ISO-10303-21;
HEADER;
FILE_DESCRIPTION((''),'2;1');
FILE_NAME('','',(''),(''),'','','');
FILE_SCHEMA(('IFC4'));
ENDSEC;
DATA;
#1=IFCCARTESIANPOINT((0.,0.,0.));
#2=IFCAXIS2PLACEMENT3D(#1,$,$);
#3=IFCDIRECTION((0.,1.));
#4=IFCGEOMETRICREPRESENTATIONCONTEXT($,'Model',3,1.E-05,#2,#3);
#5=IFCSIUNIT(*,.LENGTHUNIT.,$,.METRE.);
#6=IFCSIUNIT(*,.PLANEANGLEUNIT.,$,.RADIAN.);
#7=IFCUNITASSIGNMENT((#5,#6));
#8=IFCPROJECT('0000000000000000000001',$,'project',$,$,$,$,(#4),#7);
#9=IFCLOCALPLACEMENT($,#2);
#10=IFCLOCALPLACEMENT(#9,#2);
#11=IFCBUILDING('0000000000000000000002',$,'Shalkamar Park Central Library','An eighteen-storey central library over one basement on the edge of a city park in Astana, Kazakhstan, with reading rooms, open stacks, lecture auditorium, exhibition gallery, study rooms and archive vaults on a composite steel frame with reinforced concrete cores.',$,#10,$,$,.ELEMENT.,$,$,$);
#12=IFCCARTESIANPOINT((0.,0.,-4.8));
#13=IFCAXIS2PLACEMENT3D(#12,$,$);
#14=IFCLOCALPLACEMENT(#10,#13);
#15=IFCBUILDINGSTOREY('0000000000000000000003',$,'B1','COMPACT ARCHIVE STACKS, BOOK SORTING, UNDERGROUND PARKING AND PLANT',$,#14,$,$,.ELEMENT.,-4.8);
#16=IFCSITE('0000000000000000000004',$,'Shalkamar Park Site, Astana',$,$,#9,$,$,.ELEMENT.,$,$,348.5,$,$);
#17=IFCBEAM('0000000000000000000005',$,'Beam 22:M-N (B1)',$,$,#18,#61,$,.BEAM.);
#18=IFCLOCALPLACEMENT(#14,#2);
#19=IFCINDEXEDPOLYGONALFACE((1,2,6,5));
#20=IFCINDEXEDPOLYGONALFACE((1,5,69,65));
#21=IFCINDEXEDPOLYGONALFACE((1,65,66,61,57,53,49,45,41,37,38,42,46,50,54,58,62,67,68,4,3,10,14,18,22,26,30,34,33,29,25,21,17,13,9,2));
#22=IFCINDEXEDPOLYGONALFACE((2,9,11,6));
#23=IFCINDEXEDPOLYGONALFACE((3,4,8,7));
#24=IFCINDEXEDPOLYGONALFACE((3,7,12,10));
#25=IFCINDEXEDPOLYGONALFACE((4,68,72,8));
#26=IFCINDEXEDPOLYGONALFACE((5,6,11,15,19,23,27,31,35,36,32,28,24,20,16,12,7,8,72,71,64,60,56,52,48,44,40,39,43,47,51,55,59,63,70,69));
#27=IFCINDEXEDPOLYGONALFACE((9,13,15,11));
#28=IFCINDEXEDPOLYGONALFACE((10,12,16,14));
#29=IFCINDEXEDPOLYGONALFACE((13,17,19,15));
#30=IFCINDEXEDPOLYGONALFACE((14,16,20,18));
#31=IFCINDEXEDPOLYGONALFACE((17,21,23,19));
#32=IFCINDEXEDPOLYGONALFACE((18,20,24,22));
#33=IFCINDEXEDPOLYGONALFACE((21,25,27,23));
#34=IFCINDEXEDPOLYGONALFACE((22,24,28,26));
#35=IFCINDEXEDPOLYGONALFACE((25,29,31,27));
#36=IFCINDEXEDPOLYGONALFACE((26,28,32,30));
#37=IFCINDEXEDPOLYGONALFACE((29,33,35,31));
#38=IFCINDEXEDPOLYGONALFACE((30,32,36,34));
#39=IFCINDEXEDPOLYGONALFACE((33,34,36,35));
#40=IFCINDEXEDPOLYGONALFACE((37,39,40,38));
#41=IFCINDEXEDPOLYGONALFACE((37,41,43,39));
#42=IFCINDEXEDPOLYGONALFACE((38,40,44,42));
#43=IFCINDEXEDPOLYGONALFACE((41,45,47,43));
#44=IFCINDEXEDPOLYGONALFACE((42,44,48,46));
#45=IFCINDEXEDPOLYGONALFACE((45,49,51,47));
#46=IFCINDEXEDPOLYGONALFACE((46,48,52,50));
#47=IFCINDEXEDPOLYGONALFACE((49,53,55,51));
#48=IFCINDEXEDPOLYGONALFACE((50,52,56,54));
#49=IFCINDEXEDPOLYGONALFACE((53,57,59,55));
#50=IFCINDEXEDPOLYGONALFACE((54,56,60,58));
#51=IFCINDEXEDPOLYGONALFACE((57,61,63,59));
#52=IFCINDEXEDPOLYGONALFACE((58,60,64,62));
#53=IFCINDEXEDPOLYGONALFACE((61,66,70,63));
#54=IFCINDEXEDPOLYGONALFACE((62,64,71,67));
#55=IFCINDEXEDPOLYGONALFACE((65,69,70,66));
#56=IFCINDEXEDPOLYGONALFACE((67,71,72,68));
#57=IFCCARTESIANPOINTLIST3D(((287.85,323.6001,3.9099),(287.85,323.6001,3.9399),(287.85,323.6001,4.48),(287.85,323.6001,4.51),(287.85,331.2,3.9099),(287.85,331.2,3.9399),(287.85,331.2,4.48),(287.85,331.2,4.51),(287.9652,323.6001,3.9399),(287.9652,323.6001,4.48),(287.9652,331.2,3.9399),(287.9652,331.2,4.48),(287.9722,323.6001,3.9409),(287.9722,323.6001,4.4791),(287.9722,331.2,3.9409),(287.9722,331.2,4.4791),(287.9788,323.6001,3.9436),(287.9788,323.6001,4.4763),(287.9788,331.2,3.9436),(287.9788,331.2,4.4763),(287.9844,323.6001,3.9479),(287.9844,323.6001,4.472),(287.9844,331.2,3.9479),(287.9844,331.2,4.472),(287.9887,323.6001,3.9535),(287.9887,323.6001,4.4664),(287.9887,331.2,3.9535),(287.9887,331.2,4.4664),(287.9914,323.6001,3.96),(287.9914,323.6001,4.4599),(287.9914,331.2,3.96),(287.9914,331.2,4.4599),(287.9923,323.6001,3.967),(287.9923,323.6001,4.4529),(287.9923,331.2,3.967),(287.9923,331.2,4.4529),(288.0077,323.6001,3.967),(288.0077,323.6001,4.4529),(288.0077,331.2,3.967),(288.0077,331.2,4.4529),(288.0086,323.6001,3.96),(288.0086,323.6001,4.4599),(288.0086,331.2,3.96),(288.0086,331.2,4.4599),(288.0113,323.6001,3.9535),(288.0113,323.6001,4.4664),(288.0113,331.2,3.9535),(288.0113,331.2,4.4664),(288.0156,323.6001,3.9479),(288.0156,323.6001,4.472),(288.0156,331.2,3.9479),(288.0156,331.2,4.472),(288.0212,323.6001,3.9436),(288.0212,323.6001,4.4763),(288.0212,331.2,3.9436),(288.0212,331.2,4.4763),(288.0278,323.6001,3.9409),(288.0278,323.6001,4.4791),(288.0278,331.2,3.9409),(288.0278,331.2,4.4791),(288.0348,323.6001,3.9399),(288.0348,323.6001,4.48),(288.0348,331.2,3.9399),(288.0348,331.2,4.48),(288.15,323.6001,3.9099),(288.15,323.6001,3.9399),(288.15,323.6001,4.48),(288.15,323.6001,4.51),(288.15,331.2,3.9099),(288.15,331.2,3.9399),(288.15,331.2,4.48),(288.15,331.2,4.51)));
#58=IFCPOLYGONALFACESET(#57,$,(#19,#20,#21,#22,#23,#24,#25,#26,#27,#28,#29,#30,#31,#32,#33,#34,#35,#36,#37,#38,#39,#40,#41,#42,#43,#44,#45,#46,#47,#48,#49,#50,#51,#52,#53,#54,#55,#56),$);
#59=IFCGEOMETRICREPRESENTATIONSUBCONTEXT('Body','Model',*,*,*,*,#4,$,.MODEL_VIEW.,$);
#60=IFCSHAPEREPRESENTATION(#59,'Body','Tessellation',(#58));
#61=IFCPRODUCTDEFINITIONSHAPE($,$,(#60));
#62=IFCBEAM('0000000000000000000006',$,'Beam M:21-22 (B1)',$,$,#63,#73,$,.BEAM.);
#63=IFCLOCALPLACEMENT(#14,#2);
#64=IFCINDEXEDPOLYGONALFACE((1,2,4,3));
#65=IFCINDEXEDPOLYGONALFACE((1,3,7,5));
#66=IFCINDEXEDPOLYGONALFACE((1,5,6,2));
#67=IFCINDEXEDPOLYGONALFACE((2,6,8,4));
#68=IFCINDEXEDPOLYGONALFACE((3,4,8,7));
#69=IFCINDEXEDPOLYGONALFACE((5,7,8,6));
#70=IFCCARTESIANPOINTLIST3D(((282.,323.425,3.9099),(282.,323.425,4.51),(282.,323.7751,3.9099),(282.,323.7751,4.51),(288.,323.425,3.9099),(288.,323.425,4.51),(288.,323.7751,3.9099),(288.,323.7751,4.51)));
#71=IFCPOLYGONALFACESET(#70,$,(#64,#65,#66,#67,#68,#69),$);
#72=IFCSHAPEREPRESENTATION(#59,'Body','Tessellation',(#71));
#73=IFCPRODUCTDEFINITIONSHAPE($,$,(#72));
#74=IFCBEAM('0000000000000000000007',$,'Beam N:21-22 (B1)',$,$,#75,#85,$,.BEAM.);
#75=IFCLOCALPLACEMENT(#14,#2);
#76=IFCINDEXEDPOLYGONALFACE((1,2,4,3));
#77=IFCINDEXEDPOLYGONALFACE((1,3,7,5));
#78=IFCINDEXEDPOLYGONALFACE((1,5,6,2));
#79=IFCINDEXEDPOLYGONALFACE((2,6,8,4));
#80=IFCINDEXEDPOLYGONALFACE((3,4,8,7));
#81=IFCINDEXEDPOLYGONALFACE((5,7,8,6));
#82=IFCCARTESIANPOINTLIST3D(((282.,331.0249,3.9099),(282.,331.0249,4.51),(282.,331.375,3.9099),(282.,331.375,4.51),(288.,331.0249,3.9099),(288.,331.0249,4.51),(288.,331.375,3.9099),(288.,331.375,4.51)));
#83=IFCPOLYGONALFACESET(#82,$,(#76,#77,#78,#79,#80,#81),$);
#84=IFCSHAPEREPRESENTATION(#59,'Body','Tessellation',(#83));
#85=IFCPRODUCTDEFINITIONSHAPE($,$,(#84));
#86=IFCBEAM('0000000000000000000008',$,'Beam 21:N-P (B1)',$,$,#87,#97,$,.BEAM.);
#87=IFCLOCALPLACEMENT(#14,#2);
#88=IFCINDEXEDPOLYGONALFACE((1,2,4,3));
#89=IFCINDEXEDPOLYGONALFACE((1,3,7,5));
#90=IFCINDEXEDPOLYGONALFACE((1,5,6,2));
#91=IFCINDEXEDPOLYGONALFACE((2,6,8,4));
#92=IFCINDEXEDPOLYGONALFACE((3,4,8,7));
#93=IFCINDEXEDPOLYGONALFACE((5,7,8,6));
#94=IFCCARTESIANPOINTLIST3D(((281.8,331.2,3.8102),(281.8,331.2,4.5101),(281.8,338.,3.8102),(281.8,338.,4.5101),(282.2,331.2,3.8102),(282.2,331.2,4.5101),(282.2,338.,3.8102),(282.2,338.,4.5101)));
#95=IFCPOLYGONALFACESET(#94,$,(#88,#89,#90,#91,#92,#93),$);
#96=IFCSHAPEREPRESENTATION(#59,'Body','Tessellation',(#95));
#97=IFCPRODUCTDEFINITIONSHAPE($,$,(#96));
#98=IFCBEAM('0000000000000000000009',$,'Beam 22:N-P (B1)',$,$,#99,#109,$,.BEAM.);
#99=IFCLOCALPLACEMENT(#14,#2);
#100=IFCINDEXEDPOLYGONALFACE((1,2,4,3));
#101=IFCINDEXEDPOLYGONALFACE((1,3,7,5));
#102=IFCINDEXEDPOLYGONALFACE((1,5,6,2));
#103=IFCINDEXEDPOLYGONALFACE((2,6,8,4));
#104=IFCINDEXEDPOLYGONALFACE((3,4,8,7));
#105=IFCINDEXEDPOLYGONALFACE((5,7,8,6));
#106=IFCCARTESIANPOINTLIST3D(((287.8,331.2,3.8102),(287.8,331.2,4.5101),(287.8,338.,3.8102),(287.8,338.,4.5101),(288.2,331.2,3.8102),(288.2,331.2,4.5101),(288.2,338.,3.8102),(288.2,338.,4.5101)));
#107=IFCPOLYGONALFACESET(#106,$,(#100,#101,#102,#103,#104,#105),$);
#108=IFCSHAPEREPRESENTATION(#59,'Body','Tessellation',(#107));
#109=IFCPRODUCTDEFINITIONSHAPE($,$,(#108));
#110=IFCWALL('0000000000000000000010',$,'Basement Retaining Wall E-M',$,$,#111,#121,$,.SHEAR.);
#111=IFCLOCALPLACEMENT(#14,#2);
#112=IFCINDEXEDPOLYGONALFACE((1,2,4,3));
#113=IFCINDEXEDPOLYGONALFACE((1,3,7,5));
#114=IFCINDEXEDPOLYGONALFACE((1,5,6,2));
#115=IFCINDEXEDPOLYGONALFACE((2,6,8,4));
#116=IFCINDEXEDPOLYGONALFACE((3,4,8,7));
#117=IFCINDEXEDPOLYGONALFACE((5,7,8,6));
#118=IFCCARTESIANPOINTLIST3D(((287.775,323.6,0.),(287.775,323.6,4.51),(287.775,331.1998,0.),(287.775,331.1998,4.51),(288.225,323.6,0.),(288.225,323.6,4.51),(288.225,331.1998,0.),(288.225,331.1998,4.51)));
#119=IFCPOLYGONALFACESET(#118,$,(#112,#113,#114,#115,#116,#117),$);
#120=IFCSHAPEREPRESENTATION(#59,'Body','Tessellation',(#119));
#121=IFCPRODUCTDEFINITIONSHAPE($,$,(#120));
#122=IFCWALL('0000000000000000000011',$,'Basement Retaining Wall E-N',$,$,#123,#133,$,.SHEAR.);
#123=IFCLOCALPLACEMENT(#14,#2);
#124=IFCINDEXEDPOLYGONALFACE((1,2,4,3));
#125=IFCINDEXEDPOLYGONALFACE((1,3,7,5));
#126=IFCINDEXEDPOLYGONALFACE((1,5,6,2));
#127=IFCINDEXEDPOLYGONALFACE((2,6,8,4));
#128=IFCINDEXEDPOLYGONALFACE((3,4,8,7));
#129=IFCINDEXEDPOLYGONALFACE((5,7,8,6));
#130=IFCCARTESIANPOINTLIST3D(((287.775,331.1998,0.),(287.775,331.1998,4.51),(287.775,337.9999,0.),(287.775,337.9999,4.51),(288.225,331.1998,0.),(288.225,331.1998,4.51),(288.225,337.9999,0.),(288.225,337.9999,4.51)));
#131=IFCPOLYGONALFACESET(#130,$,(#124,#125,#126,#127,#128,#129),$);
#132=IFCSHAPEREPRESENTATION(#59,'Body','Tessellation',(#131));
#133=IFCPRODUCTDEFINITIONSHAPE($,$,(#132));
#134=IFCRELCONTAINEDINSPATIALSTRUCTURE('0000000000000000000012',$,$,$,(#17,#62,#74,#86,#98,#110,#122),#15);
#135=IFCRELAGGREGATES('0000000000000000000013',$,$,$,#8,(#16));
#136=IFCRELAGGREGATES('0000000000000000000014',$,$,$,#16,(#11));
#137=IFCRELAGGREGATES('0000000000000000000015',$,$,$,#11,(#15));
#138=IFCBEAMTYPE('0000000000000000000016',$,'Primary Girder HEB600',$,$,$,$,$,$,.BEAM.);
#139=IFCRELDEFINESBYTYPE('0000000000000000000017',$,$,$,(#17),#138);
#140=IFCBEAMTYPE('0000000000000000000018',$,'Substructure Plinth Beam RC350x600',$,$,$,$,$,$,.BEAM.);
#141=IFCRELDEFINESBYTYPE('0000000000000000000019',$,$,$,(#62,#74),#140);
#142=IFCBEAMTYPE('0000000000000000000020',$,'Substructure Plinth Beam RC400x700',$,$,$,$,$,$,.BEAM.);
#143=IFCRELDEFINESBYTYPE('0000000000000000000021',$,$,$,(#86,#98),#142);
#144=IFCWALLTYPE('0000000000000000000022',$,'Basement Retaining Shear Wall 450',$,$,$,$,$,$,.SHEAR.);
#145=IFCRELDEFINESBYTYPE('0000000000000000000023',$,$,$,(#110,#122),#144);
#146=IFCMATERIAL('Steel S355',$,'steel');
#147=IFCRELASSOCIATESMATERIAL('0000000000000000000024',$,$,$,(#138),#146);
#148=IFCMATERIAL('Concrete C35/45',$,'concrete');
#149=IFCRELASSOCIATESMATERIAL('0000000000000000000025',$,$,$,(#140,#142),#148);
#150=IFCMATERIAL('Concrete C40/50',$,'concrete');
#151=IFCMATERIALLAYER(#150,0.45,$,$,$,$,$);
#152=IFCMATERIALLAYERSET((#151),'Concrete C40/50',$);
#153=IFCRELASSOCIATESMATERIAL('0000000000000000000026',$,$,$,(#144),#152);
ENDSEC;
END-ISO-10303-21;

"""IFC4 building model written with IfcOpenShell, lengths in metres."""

from ifc_helpers import new_model, si_unit, direction, frame, frame_2d, origin, origin_2d, place, context, subcontext, project, spatial, rectangle, i_section, extrude, material, layer, layer_set, material_profile, profile_set, type_object, element, save


model = new_model("IFC4")

# Units and contexts
model_context = context("Model", 3, precision=1e-05, world=origin(), true_north=direction((0.0, 1.0)))
body_context = subcontext(model_context, "Body", "Model", "MODEL_VIEW")
ifc_project = project(units=[si_unit("LENGTHUNIT", "METRE"), si_unit("PLANEANGLEUNIT", "RADIAN")], contexts=[model_context])

# Site, building, storey
site_placement = place(None, origin())
site = spatial("IfcSite", under=ifc_project, at=site_placement, Name="Shalkamar Park Site, Astana", CompositionType="ELEMENT", RefElevation=348.5)
building_placement = place(site_placement, origin())
building = spatial("IfcBuilding", under=site, at=building_placement, Name="Shalkamar Park Central Library", Description="An eighteen-storey central library over one basement on the edge of a city park in Astana, Kazakhstan, with reading rooms, open stacks, lecture auditorium, exhibition gallery, study rooms and archive vaults on a composite steel frame with reinforced concrete cores.", CompositionType="ELEMENT")
storey_placement = place(building_placement, frame((0.0, 0.0, -4.8)))
storey = spatial("IfcBuildingStorey", under=building, at=storey_placement, Name="B1", Description="COMPACT ARCHIVE STACKS, BOOK SORTING, UNDERGROUND PARKING AND PLANT", CompositionType="ELEMENT", Elevation=-4.8)

# Shared definitions
ifc_material_1 = material(Name="Concrete C35/45", Category="concrete")

# Shared definitions
ifc_material_2 = material(Name="Concrete C40/50", Category="concrete")
ifc_material_3 = material(Name="Steel S355", Category="steel")

# Beams
ifc_material_profile_1 = material_profile(ifc_material_3, i_section(OverallWidth=0.3, OverallDepth=0.6001, WebThickness=0.0154, FlangeThickness=0.03, FilletRadius=0.0271, at=origin_2d()), Name="HEB 600")
ifc_profile_set_1 = profile_set([ifc_material_profile_1], Name="Steel S355")
beam_type_1 = type_object("IfcBeamType", Name="Primary Girder HEB600", PredefinedType="BEAM", material=ifc_profile_set_1)
for number, where, z_axis, x_axis, name in (
    (1, (288.0, 323.6001, 4.21), (0.0, 1.0, 0.0), (-1.0, 0.0, 0.0), "Beam 22:M-N (B1)"),
):
    element("IfcBeam", number, at=place(storey_placement, frame(where, z_axis=z_axis, x_axis=x_axis)), inside=storey, type_object=beam_type_1, Name=name, PredefinedType="BEAM", context=body_context, shape_type="SweptSolid", body=[
        extrude(i_section(OverallWidth=0.3, OverallDepth=0.6001, WebThickness=0.0154, FlangeThickness=0.03, FilletRadius=0.0271, at=origin_2d()), origin(), (0.0, 0.0, 1.0), 7.5999),
    ])
ifc_material_profile_2 = material_profile(ifc_material_1, rectangle(XDim=0.3501, YDim=0.6001, at=origin_2d()), Name="RC 350x600")
ifc_profile_set_2 = profile_set([ifc_material_profile_2], Name="Concrete C35/45")
beam_type_2 = type_object("IfcBeamType", Name="Substructure Plinth Beam RC350x600", PredefinedType="BEAM", material=ifc_profile_set_2)
for number, where, z_axis, x_axis, name in (
    (2, (282.0, 323.6001, 4.21), (1.0, 0.0, 0.0), (0.0, 1.0, 0.0), "Beam M:21-22 (B1)"),
    (3, (282.0, 331.2, 4.21), (1.0, 0.0, 0.0), (0.0, 1.0, 0.0), "Beam N:21-22 (B1)"),
):
    element("IfcBeam", number, at=place(storey_placement, frame(where, z_axis=z_axis, x_axis=x_axis)), inside=storey, type_object=beam_type_2, Name=name, PredefinedType="BEAM", context=body_context, shape_type="SweptSolid", body=[
        extrude(rectangle(XDim=0.3501, YDim=0.6001, at=origin_2d()), origin(), (0.0, 0.0, 1.0), 6.0),
    ])
ifc_material_profile_3 = material_profile(ifc_material_1, rectangle(XDim=0.3999, YDim=0.7, at=origin_2d()), Name="RC 400x700")
ifc_profile_set_3 = profile_set([ifc_material_profile_3], Name="Concrete C35/45")
beam_type_3 = type_object("IfcBeamType", Name="Substructure Plinth Beam RC400x700", PredefinedType="BEAM", material=ifc_profile_set_3)
for number, where, z_axis, x_axis, name in (
    (4, (282.0, 331.2, 4.1602), (0.0, 1.0, 0.0), (-1.0, 0.0, 0.0), "Beam 21:N-P (B1)"),
    (5, (288.0, 331.2, 4.1602), (0.0, 1.0, 0.0), (-1.0, 0.0, 0.0), "Beam 22:N-P (B1)"),
):
    element("IfcBeam", number, at=place(storey_placement, frame(where, z_axis=z_axis, x_axis=x_axis)), inside=storey, type_object=beam_type_3, Name=name, PredefinedType="BEAM", context=body_context, shape_type="SweptSolid", body=[
        extrude(rectangle(XDim=0.3999, YDim=0.7, at=origin_2d()), origin(), (0.0, 0.0, 1.0), 6.8),
    ])

# Walls
ifc_layer = layer(ifc_material_2, 0.45)
ifc_layer_set = layer_set([ifc_layer], Name="Concrete C40/50")
wall_type = type_object("IfcWallType", Name="Basement Retaining Shear Wall 450", PredefinedType="SHEAR", material=ifc_layer_set)
wall_1_placement = place(storey_placement, frame((288.0, 323.6001, 0.0), z_axis=(0.0, 0.0, 1.0), x_axis=(0.0, 1.0, 0.0)))
element("IfcWall", 6, at=wall_1_placement, inside=storey, type_object=wall_type, Name="Basement Retaining Wall E-M", PredefinedType="SHEAR", context=body_context, shape_type="SweptSolid", body=[
    extrude(rectangle(XDim=7.5999, YDim=0.45, at=frame_2d((3.7998, 0.0))), origin(), (0.0, 0.0, 1.0), 4.51),
])
wall_2_placement = place(storey_placement, frame((288.0, 331.2, 0.0), z_axis=(0.0, 0.0, 1.0), x_axis=(0.0, 1.0, 0.0)))
element("IfcWall", 7, at=wall_2_placement, inside=storey, type_object=wall_type, Name="Basement Retaining Wall E-N", PredefinedType="SHEAR", context=body_context, shape_type="SweptSolid", body=[
    extrude(rectangle(XDim=6.8, YDim=0.45, at=frame_2d((3.3999, 0.0))), origin(), (0.0, 0.0, 1.0), 4.51),
])

save(model, "model.ifc")
